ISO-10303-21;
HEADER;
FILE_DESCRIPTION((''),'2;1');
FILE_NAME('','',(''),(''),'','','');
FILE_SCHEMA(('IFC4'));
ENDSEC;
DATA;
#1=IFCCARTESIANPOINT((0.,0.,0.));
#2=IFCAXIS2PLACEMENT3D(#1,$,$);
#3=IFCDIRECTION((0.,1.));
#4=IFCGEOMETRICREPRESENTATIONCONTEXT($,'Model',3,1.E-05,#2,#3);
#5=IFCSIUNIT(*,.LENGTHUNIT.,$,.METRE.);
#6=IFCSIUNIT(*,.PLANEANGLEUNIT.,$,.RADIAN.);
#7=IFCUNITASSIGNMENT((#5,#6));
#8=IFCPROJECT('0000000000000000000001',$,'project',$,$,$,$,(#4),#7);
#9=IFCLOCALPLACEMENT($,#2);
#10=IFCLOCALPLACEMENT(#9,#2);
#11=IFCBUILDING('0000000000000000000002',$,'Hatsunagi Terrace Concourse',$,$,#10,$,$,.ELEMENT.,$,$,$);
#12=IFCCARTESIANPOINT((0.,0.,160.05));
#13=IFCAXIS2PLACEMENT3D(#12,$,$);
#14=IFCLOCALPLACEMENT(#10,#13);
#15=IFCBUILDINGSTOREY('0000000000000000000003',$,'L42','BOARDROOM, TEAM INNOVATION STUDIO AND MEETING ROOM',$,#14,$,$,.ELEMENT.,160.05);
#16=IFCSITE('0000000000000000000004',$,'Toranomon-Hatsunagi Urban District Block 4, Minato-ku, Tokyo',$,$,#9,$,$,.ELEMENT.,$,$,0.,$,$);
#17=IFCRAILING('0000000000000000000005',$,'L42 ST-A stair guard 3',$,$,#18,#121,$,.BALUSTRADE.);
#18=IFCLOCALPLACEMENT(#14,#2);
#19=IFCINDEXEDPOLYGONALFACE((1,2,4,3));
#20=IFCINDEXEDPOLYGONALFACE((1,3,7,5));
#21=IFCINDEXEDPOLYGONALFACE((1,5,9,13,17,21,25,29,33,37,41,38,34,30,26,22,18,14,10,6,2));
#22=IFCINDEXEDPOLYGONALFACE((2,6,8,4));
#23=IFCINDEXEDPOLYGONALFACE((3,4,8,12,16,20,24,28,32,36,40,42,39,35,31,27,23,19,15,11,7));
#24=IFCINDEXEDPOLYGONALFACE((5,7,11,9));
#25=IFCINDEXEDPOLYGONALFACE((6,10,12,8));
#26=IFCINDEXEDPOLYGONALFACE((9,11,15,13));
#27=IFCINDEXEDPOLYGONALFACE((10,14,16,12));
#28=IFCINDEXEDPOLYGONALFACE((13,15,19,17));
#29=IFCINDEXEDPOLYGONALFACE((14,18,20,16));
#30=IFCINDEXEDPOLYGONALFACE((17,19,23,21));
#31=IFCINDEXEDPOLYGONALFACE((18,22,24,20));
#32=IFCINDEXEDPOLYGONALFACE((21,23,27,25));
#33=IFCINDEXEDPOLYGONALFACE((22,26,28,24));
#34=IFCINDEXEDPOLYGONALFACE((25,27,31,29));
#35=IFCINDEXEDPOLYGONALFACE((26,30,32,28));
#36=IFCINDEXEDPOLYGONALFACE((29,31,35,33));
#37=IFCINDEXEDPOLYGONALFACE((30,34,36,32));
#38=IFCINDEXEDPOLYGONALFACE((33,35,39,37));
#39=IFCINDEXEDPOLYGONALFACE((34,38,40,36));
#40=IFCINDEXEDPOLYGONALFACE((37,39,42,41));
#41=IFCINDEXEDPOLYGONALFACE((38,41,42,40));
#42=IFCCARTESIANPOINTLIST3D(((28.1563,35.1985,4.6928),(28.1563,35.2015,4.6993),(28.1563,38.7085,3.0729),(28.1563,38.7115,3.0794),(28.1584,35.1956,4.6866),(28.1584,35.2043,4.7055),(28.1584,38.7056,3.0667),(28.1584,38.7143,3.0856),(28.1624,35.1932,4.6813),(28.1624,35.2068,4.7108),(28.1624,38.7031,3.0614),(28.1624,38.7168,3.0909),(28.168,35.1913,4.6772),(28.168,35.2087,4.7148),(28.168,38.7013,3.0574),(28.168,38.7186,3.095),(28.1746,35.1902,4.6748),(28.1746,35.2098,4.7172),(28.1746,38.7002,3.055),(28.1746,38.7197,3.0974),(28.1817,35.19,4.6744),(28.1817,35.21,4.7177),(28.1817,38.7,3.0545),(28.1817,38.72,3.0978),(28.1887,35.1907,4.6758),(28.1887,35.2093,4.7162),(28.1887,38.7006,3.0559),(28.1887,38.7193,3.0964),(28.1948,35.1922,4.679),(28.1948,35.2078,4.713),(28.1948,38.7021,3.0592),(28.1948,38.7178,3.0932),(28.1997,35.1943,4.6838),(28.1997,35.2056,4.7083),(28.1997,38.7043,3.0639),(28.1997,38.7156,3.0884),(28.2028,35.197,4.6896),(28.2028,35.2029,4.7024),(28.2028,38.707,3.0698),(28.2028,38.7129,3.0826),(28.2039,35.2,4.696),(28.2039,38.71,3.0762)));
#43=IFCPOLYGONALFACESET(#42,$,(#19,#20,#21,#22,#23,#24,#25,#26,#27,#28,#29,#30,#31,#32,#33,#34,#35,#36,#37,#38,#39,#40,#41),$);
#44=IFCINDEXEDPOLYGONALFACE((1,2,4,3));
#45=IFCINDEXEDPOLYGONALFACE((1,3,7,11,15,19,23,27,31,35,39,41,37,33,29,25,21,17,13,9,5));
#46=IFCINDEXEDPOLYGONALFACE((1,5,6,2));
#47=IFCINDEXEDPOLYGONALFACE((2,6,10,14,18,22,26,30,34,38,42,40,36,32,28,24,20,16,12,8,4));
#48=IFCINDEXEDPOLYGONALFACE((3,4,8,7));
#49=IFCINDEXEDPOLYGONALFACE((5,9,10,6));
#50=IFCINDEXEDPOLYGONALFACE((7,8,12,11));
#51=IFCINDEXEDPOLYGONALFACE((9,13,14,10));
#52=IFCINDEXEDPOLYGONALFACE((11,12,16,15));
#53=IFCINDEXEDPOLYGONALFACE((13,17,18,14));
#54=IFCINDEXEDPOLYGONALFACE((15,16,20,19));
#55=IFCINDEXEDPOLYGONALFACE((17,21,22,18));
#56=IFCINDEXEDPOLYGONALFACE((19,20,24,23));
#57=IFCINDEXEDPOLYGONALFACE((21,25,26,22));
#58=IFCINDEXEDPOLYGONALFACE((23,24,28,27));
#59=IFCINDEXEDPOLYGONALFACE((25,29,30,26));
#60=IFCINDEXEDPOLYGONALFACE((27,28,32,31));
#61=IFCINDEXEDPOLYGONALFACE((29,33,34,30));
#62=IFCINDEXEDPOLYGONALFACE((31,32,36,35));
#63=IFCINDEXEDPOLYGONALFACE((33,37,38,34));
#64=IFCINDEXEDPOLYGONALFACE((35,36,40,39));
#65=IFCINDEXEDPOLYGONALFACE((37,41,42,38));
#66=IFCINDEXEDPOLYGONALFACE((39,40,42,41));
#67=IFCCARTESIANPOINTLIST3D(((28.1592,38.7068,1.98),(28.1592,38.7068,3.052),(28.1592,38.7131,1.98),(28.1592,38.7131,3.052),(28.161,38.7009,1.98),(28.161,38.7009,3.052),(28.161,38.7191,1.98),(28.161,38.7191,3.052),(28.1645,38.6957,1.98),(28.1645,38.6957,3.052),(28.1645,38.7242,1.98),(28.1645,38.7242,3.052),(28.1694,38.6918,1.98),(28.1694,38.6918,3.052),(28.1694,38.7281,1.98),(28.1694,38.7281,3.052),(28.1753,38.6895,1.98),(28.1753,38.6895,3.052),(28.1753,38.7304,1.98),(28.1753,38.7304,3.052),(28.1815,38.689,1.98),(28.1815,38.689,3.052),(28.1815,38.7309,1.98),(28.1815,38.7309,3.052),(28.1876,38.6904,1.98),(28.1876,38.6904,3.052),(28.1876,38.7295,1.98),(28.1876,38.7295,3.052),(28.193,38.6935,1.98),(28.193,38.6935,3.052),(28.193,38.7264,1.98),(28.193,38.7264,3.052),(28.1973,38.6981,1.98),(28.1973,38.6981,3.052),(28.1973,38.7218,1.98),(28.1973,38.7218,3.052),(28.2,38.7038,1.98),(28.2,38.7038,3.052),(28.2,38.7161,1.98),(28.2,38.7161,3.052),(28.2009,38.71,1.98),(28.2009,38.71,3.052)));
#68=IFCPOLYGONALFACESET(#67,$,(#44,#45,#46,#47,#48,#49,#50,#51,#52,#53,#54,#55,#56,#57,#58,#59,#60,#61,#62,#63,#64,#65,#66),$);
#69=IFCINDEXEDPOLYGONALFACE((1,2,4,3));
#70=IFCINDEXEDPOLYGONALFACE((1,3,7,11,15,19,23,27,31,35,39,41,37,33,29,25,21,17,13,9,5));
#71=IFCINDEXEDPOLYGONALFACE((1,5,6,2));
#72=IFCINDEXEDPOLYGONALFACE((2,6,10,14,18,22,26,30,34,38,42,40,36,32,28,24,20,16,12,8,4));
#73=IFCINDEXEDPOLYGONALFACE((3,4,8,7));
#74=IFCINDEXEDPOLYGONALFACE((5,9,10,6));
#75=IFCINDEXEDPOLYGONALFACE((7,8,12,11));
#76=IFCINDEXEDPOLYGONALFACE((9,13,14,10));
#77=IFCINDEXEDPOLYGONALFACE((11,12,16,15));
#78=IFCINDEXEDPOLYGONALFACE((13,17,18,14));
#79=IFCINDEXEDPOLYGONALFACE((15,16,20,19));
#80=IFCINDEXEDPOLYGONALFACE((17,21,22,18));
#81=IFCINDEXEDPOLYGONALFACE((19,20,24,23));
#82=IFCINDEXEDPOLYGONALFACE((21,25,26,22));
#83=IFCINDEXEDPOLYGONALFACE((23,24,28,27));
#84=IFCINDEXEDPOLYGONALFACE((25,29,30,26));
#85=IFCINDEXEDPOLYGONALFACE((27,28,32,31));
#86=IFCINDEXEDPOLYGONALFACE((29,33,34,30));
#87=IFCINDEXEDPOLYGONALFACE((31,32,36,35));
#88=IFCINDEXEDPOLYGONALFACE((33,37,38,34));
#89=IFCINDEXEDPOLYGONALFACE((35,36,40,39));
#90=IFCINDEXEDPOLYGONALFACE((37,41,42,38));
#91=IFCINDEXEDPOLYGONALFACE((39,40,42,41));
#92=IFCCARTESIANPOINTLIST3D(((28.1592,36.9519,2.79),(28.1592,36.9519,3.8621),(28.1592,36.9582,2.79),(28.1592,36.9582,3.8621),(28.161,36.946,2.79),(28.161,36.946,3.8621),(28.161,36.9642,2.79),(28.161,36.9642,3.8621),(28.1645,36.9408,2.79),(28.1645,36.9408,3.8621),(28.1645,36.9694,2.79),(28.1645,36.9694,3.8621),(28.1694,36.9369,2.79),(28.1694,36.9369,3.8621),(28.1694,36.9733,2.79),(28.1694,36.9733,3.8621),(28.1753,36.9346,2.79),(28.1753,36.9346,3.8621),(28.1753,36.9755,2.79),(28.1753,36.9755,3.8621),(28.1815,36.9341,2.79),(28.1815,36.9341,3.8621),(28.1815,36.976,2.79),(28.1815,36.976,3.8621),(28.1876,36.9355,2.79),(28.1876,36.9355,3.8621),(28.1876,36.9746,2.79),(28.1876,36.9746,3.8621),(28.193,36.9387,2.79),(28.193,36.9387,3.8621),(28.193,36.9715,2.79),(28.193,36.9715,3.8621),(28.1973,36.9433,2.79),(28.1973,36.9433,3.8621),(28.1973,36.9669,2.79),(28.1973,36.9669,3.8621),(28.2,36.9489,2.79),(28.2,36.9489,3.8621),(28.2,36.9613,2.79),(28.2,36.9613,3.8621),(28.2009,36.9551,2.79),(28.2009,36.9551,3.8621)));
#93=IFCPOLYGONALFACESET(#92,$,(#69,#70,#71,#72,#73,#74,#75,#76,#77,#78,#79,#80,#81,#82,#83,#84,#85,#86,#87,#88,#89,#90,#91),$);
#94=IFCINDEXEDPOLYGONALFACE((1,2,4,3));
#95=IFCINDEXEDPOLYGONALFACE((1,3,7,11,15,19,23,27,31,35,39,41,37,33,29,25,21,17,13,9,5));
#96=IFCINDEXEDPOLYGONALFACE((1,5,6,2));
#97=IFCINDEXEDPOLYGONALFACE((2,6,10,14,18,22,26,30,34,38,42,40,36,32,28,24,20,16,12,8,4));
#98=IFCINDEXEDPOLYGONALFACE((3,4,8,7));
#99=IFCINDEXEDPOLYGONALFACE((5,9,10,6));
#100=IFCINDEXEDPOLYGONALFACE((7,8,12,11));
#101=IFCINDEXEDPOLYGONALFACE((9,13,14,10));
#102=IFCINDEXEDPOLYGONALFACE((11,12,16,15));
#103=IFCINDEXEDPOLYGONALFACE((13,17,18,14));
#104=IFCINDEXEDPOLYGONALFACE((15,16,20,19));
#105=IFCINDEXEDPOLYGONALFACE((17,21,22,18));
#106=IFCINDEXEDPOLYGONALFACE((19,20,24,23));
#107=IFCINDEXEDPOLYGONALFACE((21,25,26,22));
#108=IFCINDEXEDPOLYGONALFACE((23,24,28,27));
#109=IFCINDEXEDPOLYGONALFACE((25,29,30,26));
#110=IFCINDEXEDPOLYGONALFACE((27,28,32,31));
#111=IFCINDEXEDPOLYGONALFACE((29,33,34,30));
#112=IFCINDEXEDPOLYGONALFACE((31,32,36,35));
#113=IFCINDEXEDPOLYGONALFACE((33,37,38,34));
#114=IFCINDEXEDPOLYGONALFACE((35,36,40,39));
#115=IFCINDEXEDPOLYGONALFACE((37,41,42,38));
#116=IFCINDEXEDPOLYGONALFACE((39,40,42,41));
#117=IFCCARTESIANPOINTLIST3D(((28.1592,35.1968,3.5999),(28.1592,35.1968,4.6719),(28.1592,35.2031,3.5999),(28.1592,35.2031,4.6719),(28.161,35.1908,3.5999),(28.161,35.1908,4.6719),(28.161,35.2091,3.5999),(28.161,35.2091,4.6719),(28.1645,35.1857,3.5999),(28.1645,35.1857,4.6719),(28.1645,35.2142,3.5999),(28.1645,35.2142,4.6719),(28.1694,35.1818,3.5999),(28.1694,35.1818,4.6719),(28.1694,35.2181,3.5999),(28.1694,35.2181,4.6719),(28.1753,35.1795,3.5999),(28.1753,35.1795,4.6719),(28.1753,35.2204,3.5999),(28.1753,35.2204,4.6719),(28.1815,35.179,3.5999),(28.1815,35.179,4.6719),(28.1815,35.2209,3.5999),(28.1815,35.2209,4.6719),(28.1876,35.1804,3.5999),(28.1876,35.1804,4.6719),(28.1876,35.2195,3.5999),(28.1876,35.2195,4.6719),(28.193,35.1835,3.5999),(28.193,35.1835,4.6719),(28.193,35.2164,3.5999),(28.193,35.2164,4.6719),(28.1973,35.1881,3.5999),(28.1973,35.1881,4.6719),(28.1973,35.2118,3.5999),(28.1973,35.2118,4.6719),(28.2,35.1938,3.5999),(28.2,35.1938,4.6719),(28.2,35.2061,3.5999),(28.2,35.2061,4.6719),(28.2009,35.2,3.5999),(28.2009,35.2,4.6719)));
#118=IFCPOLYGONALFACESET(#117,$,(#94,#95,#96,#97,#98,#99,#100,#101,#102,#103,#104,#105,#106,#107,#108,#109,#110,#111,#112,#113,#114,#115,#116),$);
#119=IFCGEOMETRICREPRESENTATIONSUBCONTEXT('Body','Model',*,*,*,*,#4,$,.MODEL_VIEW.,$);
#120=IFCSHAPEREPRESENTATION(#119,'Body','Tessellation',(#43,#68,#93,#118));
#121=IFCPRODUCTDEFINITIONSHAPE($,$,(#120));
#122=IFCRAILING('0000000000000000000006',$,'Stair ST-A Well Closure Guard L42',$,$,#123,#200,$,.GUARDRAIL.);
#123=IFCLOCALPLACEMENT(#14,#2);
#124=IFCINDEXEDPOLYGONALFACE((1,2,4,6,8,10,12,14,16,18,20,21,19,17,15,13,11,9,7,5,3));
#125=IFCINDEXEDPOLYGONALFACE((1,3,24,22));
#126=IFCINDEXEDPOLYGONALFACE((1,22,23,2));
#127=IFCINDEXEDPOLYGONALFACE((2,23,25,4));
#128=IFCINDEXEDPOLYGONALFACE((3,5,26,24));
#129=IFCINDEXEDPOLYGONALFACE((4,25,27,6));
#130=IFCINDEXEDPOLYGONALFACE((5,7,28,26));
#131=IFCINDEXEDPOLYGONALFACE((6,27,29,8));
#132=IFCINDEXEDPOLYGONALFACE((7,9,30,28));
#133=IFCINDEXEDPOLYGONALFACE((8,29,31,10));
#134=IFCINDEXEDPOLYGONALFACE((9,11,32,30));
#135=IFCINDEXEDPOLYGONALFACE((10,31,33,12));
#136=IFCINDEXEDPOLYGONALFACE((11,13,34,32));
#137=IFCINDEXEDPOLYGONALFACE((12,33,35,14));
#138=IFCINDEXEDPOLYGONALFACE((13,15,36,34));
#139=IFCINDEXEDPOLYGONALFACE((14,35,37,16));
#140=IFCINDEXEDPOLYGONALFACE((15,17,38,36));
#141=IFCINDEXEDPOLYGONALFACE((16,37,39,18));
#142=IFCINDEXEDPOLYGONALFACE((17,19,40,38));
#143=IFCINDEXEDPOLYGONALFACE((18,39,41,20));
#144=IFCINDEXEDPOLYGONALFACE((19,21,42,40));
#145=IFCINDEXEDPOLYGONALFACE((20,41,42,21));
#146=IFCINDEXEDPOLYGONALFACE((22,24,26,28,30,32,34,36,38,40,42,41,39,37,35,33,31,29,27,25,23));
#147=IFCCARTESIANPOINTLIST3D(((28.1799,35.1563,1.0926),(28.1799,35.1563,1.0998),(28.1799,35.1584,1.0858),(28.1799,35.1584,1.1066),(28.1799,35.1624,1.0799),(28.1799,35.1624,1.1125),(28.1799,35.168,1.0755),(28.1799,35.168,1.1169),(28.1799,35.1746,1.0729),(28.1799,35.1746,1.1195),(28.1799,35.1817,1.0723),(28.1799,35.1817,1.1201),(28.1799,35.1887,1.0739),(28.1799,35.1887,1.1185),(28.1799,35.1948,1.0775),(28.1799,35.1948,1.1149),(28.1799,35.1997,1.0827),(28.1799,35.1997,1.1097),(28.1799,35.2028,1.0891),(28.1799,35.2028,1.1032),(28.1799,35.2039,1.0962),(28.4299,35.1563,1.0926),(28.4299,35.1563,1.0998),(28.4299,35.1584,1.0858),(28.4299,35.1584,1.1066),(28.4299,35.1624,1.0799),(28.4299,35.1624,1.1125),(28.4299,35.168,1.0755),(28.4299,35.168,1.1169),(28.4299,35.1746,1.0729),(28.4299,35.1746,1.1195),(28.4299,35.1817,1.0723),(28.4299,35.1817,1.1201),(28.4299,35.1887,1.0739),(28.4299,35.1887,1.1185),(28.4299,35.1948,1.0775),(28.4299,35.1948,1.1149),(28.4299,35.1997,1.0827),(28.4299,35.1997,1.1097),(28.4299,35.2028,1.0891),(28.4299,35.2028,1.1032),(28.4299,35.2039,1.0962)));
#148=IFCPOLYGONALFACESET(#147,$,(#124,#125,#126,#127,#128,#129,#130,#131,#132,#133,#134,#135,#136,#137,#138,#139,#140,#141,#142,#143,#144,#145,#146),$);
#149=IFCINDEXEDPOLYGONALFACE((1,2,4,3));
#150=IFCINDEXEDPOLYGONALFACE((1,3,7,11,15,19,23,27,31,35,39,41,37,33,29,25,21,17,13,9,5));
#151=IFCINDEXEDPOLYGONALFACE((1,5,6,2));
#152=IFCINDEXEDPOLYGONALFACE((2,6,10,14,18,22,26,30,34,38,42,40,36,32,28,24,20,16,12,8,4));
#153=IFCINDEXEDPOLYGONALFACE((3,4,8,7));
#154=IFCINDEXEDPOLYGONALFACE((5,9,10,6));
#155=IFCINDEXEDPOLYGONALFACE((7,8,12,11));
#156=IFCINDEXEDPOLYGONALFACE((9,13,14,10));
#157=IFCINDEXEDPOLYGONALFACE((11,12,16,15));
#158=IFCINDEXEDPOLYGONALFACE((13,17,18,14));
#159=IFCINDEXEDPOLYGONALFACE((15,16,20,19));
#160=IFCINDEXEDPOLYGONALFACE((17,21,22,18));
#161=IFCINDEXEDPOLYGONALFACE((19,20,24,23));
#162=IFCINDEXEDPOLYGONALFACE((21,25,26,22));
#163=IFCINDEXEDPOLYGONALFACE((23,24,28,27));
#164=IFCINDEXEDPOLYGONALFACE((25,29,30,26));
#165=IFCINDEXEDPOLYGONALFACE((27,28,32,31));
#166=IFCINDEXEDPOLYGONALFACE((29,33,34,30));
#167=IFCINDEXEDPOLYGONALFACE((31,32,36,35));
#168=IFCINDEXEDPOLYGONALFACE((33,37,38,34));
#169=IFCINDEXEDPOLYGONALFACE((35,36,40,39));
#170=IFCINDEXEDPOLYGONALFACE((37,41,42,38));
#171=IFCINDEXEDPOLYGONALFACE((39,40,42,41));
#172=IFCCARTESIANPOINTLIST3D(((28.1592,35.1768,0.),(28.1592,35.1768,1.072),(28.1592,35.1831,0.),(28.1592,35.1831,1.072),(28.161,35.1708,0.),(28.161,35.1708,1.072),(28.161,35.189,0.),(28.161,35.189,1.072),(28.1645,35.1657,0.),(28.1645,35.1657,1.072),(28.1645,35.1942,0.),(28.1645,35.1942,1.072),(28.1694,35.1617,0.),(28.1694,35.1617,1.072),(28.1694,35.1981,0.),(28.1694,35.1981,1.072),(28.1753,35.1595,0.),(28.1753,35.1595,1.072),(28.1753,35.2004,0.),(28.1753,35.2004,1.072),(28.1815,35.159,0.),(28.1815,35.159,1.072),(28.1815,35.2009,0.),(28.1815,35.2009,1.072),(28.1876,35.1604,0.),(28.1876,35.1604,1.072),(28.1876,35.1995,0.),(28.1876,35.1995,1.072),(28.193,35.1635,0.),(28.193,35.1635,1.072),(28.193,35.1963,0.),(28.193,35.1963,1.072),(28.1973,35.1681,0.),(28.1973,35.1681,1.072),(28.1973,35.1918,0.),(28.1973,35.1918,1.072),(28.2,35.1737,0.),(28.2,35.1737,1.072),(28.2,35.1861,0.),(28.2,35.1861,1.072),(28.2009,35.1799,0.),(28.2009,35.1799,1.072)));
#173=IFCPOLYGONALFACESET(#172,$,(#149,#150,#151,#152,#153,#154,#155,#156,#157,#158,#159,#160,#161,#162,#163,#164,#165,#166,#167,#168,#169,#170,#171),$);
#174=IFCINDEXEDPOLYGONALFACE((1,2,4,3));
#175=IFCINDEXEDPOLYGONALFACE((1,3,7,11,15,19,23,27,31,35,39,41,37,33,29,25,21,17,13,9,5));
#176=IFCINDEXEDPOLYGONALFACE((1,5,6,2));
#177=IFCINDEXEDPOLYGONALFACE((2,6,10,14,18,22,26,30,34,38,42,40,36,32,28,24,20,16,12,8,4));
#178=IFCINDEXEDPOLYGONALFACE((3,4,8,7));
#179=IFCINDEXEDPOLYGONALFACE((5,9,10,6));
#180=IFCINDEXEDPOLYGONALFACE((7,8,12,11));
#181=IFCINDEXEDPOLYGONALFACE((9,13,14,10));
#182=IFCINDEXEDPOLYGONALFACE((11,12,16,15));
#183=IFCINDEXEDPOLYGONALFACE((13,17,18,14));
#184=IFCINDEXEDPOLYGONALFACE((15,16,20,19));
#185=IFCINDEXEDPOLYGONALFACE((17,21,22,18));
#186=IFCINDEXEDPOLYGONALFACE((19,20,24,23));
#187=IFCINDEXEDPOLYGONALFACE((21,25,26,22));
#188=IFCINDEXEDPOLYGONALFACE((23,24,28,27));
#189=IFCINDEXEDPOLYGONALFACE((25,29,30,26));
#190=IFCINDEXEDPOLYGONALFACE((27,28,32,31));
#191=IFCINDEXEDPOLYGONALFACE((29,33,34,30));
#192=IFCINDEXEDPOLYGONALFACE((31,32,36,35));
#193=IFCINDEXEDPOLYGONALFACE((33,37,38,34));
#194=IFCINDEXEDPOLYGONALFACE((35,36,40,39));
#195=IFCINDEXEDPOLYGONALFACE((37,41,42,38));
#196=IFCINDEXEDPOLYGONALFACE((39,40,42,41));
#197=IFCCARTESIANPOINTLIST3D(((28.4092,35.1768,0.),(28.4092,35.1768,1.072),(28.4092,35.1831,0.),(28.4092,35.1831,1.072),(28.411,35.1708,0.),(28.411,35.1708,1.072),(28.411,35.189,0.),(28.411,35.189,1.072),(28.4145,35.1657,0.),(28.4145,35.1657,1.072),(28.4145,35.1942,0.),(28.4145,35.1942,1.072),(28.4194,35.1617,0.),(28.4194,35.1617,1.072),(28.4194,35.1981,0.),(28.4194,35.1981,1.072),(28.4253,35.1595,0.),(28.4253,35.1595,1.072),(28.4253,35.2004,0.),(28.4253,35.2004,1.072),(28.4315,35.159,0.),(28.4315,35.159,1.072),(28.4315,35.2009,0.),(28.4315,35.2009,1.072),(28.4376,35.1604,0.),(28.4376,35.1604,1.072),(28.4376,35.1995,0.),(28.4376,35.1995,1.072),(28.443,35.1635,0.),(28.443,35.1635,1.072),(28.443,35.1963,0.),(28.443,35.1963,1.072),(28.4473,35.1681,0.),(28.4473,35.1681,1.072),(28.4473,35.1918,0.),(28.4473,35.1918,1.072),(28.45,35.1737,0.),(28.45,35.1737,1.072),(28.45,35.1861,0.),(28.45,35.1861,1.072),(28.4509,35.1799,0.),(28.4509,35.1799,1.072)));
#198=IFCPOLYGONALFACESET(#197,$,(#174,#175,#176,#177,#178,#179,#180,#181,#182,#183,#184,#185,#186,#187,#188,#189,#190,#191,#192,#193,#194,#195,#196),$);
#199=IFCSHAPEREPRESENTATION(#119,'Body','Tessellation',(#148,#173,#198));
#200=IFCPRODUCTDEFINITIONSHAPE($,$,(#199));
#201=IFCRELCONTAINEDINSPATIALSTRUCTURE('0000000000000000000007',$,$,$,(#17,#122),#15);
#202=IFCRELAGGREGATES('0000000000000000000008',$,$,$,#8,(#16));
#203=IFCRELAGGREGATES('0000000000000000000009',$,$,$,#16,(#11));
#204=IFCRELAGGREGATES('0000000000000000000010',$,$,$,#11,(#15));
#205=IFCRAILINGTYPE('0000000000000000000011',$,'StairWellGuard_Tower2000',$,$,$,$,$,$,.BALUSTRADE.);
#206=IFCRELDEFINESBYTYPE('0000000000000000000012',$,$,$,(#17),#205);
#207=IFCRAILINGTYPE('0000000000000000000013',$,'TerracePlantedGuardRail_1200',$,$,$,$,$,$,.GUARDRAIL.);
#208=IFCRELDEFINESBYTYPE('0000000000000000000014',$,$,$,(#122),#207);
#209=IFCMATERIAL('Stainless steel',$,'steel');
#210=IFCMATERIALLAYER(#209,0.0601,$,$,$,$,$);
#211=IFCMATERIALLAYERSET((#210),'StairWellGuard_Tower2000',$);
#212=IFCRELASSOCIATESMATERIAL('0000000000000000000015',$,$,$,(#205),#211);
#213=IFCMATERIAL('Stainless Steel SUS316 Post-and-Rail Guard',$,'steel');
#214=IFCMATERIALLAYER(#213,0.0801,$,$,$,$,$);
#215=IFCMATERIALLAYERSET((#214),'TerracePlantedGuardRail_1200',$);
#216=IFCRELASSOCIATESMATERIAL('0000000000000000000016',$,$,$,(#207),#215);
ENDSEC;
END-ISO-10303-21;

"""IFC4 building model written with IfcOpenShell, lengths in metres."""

from ifc_helpers import new_model, si_unit, direction, frame, origin, origin_2d, place, context, subcontext, project, spatial, circle, extrude, material, layer, layer_set, type_object, element, save


model = new_model("IFC4")

# Units and contexts
model_context = context("Model", 3, precision=1e-05, world=origin(), true_north=direction((0.0, 1.0)))
body_context = subcontext(model_context, "Body", "Model", "MODEL_VIEW")
ifc_project = project(units=[si_unit("LENGTHUNIT", "METRE"), si_unit("PLANEANGLEUNIT", "RADIAN")], contexts=[model_context])

# Site, building, storey
site_placement = place(None, origin())
site = spatial("IfcSite", under=ifc_project, at=site_placement, Name="Toranomon-Hatsunagi Urban District Block 4, Minato-ku, Tokyo", CompositionType="ELEMENT", RefElevation=0.0)
building_placement = place(site_placement, origin())
building = spatial("IfcBuilding", under=site, at=building_placement, Name="Hatsunagi Terrace Concourse", CompositionType="ELEMENT")
storey_placement = place(building_placement, frame((0.0, 0.0, 160.05)))
storey = spatial("IfcBuildingStorey", under=building, at=storey_placement, Name="L42", Description="BOARDROOM, TEAM INNOVATION STUDIO AND MEETING ROOM", CompositionType="ELEMENT", Elevation=160.05)

# Railings
ifc_material_1 = material(Name="Stainless steel", Category="steel")
ifc_layer_1 = layer(ifc_material_1, 0.0601)
ifc_layer_set_1 = layer_set([ifc_layer_1], Name="StairWellGuard_Tower2000")
railing_type_1 = type_object("IfcRailingType", Name="StairWellGuard_Tower2000", PredefinedType="BALUSTRADE", material=ifc_layer_set_1)
railing_1_placement = place(storey_placement, frame((28.1799, 38.71, 1.98)))
element("IfcRailing", 1, at=railing_1_placement, inside=storey, type_object=railing_type_1, Name="L42 ST-A stair guard 3", PredefinedType="BALUSTRADE", context=body_context, shape_type="SweptSolid", body=[
    extrude(circle(Radius=0.0239, at=origin_2d()), frame((0.0, 0.0, 1.0962), z_axis=(0.0, -0.907972, 0.41903), x_axis=(1.0, 0.0, 0.0)), (0.0, 0.0, 1.0), 3.8657),
    extrude(circle(Radius=0.021, at=origin_2d()), origin(), (0.0, 0.0, 1.0), 1.072),
    extrude(circle(Radius=0.021, at=origin_2d()), frame((0.0, -1.7549, 0.8101)), (0.0, 0.0, 1.0), 1.072),
    extrude(circle(Radius=0.021, at=origin_2d()), frame((0.0, -3.51, 1.6199)), (0.0, 0.0, 1.0), 1.072),
])
ifc_material_2 = material(Name="Stainless Steel SUS316 Post-and-Rail Guard", Category="steel")
ifc_layer_2 = layer(ifc_material_2, 0.0801)
ifc_layer_set_2 = layer_set([ifc_layer_2], Name="TerracePlantedGuardRail_1200")
railing_type_2 = type_object("IfcRailingType", Name="TerracePlantedGuardRail_1200", PredefinedType="GUARDRAIL", material=ifc_layer_set_2)
railing_2_placement = place(storey_placement, frame((28.1799, 35.1799, 0.0)))
element("IfcRailing", 2, at=railing_2_placement, inside=storey, type_object=railing_type_2, Name="Stair ST-A Well Closure Guard L42", PredefinedType="GUARDRAIL", context=body_context, shape_type="SweptSolid", body=[
    extrude(circle(Radius=0.0239, at=origin_2d()), frame((0.0, 0.0, 1.0962), z_axis=(1.0, 0.0, 0.0), x_axis=(0.0, 1.0, 0.0)), (0.0, 0.0, 1.0), 0.25),
    extrude(circle(Radius=0.021, at=origin_2d()), origin(), (0.0, 0.0, 1.0), 1.072),
    extrude(circle(Radius=0.021, at=origin_2d()), frame((0.25, 0.0, 0.0)), (0.0, 0.0, 1.0), 1.072),
])

save(model, "model.ifc")
